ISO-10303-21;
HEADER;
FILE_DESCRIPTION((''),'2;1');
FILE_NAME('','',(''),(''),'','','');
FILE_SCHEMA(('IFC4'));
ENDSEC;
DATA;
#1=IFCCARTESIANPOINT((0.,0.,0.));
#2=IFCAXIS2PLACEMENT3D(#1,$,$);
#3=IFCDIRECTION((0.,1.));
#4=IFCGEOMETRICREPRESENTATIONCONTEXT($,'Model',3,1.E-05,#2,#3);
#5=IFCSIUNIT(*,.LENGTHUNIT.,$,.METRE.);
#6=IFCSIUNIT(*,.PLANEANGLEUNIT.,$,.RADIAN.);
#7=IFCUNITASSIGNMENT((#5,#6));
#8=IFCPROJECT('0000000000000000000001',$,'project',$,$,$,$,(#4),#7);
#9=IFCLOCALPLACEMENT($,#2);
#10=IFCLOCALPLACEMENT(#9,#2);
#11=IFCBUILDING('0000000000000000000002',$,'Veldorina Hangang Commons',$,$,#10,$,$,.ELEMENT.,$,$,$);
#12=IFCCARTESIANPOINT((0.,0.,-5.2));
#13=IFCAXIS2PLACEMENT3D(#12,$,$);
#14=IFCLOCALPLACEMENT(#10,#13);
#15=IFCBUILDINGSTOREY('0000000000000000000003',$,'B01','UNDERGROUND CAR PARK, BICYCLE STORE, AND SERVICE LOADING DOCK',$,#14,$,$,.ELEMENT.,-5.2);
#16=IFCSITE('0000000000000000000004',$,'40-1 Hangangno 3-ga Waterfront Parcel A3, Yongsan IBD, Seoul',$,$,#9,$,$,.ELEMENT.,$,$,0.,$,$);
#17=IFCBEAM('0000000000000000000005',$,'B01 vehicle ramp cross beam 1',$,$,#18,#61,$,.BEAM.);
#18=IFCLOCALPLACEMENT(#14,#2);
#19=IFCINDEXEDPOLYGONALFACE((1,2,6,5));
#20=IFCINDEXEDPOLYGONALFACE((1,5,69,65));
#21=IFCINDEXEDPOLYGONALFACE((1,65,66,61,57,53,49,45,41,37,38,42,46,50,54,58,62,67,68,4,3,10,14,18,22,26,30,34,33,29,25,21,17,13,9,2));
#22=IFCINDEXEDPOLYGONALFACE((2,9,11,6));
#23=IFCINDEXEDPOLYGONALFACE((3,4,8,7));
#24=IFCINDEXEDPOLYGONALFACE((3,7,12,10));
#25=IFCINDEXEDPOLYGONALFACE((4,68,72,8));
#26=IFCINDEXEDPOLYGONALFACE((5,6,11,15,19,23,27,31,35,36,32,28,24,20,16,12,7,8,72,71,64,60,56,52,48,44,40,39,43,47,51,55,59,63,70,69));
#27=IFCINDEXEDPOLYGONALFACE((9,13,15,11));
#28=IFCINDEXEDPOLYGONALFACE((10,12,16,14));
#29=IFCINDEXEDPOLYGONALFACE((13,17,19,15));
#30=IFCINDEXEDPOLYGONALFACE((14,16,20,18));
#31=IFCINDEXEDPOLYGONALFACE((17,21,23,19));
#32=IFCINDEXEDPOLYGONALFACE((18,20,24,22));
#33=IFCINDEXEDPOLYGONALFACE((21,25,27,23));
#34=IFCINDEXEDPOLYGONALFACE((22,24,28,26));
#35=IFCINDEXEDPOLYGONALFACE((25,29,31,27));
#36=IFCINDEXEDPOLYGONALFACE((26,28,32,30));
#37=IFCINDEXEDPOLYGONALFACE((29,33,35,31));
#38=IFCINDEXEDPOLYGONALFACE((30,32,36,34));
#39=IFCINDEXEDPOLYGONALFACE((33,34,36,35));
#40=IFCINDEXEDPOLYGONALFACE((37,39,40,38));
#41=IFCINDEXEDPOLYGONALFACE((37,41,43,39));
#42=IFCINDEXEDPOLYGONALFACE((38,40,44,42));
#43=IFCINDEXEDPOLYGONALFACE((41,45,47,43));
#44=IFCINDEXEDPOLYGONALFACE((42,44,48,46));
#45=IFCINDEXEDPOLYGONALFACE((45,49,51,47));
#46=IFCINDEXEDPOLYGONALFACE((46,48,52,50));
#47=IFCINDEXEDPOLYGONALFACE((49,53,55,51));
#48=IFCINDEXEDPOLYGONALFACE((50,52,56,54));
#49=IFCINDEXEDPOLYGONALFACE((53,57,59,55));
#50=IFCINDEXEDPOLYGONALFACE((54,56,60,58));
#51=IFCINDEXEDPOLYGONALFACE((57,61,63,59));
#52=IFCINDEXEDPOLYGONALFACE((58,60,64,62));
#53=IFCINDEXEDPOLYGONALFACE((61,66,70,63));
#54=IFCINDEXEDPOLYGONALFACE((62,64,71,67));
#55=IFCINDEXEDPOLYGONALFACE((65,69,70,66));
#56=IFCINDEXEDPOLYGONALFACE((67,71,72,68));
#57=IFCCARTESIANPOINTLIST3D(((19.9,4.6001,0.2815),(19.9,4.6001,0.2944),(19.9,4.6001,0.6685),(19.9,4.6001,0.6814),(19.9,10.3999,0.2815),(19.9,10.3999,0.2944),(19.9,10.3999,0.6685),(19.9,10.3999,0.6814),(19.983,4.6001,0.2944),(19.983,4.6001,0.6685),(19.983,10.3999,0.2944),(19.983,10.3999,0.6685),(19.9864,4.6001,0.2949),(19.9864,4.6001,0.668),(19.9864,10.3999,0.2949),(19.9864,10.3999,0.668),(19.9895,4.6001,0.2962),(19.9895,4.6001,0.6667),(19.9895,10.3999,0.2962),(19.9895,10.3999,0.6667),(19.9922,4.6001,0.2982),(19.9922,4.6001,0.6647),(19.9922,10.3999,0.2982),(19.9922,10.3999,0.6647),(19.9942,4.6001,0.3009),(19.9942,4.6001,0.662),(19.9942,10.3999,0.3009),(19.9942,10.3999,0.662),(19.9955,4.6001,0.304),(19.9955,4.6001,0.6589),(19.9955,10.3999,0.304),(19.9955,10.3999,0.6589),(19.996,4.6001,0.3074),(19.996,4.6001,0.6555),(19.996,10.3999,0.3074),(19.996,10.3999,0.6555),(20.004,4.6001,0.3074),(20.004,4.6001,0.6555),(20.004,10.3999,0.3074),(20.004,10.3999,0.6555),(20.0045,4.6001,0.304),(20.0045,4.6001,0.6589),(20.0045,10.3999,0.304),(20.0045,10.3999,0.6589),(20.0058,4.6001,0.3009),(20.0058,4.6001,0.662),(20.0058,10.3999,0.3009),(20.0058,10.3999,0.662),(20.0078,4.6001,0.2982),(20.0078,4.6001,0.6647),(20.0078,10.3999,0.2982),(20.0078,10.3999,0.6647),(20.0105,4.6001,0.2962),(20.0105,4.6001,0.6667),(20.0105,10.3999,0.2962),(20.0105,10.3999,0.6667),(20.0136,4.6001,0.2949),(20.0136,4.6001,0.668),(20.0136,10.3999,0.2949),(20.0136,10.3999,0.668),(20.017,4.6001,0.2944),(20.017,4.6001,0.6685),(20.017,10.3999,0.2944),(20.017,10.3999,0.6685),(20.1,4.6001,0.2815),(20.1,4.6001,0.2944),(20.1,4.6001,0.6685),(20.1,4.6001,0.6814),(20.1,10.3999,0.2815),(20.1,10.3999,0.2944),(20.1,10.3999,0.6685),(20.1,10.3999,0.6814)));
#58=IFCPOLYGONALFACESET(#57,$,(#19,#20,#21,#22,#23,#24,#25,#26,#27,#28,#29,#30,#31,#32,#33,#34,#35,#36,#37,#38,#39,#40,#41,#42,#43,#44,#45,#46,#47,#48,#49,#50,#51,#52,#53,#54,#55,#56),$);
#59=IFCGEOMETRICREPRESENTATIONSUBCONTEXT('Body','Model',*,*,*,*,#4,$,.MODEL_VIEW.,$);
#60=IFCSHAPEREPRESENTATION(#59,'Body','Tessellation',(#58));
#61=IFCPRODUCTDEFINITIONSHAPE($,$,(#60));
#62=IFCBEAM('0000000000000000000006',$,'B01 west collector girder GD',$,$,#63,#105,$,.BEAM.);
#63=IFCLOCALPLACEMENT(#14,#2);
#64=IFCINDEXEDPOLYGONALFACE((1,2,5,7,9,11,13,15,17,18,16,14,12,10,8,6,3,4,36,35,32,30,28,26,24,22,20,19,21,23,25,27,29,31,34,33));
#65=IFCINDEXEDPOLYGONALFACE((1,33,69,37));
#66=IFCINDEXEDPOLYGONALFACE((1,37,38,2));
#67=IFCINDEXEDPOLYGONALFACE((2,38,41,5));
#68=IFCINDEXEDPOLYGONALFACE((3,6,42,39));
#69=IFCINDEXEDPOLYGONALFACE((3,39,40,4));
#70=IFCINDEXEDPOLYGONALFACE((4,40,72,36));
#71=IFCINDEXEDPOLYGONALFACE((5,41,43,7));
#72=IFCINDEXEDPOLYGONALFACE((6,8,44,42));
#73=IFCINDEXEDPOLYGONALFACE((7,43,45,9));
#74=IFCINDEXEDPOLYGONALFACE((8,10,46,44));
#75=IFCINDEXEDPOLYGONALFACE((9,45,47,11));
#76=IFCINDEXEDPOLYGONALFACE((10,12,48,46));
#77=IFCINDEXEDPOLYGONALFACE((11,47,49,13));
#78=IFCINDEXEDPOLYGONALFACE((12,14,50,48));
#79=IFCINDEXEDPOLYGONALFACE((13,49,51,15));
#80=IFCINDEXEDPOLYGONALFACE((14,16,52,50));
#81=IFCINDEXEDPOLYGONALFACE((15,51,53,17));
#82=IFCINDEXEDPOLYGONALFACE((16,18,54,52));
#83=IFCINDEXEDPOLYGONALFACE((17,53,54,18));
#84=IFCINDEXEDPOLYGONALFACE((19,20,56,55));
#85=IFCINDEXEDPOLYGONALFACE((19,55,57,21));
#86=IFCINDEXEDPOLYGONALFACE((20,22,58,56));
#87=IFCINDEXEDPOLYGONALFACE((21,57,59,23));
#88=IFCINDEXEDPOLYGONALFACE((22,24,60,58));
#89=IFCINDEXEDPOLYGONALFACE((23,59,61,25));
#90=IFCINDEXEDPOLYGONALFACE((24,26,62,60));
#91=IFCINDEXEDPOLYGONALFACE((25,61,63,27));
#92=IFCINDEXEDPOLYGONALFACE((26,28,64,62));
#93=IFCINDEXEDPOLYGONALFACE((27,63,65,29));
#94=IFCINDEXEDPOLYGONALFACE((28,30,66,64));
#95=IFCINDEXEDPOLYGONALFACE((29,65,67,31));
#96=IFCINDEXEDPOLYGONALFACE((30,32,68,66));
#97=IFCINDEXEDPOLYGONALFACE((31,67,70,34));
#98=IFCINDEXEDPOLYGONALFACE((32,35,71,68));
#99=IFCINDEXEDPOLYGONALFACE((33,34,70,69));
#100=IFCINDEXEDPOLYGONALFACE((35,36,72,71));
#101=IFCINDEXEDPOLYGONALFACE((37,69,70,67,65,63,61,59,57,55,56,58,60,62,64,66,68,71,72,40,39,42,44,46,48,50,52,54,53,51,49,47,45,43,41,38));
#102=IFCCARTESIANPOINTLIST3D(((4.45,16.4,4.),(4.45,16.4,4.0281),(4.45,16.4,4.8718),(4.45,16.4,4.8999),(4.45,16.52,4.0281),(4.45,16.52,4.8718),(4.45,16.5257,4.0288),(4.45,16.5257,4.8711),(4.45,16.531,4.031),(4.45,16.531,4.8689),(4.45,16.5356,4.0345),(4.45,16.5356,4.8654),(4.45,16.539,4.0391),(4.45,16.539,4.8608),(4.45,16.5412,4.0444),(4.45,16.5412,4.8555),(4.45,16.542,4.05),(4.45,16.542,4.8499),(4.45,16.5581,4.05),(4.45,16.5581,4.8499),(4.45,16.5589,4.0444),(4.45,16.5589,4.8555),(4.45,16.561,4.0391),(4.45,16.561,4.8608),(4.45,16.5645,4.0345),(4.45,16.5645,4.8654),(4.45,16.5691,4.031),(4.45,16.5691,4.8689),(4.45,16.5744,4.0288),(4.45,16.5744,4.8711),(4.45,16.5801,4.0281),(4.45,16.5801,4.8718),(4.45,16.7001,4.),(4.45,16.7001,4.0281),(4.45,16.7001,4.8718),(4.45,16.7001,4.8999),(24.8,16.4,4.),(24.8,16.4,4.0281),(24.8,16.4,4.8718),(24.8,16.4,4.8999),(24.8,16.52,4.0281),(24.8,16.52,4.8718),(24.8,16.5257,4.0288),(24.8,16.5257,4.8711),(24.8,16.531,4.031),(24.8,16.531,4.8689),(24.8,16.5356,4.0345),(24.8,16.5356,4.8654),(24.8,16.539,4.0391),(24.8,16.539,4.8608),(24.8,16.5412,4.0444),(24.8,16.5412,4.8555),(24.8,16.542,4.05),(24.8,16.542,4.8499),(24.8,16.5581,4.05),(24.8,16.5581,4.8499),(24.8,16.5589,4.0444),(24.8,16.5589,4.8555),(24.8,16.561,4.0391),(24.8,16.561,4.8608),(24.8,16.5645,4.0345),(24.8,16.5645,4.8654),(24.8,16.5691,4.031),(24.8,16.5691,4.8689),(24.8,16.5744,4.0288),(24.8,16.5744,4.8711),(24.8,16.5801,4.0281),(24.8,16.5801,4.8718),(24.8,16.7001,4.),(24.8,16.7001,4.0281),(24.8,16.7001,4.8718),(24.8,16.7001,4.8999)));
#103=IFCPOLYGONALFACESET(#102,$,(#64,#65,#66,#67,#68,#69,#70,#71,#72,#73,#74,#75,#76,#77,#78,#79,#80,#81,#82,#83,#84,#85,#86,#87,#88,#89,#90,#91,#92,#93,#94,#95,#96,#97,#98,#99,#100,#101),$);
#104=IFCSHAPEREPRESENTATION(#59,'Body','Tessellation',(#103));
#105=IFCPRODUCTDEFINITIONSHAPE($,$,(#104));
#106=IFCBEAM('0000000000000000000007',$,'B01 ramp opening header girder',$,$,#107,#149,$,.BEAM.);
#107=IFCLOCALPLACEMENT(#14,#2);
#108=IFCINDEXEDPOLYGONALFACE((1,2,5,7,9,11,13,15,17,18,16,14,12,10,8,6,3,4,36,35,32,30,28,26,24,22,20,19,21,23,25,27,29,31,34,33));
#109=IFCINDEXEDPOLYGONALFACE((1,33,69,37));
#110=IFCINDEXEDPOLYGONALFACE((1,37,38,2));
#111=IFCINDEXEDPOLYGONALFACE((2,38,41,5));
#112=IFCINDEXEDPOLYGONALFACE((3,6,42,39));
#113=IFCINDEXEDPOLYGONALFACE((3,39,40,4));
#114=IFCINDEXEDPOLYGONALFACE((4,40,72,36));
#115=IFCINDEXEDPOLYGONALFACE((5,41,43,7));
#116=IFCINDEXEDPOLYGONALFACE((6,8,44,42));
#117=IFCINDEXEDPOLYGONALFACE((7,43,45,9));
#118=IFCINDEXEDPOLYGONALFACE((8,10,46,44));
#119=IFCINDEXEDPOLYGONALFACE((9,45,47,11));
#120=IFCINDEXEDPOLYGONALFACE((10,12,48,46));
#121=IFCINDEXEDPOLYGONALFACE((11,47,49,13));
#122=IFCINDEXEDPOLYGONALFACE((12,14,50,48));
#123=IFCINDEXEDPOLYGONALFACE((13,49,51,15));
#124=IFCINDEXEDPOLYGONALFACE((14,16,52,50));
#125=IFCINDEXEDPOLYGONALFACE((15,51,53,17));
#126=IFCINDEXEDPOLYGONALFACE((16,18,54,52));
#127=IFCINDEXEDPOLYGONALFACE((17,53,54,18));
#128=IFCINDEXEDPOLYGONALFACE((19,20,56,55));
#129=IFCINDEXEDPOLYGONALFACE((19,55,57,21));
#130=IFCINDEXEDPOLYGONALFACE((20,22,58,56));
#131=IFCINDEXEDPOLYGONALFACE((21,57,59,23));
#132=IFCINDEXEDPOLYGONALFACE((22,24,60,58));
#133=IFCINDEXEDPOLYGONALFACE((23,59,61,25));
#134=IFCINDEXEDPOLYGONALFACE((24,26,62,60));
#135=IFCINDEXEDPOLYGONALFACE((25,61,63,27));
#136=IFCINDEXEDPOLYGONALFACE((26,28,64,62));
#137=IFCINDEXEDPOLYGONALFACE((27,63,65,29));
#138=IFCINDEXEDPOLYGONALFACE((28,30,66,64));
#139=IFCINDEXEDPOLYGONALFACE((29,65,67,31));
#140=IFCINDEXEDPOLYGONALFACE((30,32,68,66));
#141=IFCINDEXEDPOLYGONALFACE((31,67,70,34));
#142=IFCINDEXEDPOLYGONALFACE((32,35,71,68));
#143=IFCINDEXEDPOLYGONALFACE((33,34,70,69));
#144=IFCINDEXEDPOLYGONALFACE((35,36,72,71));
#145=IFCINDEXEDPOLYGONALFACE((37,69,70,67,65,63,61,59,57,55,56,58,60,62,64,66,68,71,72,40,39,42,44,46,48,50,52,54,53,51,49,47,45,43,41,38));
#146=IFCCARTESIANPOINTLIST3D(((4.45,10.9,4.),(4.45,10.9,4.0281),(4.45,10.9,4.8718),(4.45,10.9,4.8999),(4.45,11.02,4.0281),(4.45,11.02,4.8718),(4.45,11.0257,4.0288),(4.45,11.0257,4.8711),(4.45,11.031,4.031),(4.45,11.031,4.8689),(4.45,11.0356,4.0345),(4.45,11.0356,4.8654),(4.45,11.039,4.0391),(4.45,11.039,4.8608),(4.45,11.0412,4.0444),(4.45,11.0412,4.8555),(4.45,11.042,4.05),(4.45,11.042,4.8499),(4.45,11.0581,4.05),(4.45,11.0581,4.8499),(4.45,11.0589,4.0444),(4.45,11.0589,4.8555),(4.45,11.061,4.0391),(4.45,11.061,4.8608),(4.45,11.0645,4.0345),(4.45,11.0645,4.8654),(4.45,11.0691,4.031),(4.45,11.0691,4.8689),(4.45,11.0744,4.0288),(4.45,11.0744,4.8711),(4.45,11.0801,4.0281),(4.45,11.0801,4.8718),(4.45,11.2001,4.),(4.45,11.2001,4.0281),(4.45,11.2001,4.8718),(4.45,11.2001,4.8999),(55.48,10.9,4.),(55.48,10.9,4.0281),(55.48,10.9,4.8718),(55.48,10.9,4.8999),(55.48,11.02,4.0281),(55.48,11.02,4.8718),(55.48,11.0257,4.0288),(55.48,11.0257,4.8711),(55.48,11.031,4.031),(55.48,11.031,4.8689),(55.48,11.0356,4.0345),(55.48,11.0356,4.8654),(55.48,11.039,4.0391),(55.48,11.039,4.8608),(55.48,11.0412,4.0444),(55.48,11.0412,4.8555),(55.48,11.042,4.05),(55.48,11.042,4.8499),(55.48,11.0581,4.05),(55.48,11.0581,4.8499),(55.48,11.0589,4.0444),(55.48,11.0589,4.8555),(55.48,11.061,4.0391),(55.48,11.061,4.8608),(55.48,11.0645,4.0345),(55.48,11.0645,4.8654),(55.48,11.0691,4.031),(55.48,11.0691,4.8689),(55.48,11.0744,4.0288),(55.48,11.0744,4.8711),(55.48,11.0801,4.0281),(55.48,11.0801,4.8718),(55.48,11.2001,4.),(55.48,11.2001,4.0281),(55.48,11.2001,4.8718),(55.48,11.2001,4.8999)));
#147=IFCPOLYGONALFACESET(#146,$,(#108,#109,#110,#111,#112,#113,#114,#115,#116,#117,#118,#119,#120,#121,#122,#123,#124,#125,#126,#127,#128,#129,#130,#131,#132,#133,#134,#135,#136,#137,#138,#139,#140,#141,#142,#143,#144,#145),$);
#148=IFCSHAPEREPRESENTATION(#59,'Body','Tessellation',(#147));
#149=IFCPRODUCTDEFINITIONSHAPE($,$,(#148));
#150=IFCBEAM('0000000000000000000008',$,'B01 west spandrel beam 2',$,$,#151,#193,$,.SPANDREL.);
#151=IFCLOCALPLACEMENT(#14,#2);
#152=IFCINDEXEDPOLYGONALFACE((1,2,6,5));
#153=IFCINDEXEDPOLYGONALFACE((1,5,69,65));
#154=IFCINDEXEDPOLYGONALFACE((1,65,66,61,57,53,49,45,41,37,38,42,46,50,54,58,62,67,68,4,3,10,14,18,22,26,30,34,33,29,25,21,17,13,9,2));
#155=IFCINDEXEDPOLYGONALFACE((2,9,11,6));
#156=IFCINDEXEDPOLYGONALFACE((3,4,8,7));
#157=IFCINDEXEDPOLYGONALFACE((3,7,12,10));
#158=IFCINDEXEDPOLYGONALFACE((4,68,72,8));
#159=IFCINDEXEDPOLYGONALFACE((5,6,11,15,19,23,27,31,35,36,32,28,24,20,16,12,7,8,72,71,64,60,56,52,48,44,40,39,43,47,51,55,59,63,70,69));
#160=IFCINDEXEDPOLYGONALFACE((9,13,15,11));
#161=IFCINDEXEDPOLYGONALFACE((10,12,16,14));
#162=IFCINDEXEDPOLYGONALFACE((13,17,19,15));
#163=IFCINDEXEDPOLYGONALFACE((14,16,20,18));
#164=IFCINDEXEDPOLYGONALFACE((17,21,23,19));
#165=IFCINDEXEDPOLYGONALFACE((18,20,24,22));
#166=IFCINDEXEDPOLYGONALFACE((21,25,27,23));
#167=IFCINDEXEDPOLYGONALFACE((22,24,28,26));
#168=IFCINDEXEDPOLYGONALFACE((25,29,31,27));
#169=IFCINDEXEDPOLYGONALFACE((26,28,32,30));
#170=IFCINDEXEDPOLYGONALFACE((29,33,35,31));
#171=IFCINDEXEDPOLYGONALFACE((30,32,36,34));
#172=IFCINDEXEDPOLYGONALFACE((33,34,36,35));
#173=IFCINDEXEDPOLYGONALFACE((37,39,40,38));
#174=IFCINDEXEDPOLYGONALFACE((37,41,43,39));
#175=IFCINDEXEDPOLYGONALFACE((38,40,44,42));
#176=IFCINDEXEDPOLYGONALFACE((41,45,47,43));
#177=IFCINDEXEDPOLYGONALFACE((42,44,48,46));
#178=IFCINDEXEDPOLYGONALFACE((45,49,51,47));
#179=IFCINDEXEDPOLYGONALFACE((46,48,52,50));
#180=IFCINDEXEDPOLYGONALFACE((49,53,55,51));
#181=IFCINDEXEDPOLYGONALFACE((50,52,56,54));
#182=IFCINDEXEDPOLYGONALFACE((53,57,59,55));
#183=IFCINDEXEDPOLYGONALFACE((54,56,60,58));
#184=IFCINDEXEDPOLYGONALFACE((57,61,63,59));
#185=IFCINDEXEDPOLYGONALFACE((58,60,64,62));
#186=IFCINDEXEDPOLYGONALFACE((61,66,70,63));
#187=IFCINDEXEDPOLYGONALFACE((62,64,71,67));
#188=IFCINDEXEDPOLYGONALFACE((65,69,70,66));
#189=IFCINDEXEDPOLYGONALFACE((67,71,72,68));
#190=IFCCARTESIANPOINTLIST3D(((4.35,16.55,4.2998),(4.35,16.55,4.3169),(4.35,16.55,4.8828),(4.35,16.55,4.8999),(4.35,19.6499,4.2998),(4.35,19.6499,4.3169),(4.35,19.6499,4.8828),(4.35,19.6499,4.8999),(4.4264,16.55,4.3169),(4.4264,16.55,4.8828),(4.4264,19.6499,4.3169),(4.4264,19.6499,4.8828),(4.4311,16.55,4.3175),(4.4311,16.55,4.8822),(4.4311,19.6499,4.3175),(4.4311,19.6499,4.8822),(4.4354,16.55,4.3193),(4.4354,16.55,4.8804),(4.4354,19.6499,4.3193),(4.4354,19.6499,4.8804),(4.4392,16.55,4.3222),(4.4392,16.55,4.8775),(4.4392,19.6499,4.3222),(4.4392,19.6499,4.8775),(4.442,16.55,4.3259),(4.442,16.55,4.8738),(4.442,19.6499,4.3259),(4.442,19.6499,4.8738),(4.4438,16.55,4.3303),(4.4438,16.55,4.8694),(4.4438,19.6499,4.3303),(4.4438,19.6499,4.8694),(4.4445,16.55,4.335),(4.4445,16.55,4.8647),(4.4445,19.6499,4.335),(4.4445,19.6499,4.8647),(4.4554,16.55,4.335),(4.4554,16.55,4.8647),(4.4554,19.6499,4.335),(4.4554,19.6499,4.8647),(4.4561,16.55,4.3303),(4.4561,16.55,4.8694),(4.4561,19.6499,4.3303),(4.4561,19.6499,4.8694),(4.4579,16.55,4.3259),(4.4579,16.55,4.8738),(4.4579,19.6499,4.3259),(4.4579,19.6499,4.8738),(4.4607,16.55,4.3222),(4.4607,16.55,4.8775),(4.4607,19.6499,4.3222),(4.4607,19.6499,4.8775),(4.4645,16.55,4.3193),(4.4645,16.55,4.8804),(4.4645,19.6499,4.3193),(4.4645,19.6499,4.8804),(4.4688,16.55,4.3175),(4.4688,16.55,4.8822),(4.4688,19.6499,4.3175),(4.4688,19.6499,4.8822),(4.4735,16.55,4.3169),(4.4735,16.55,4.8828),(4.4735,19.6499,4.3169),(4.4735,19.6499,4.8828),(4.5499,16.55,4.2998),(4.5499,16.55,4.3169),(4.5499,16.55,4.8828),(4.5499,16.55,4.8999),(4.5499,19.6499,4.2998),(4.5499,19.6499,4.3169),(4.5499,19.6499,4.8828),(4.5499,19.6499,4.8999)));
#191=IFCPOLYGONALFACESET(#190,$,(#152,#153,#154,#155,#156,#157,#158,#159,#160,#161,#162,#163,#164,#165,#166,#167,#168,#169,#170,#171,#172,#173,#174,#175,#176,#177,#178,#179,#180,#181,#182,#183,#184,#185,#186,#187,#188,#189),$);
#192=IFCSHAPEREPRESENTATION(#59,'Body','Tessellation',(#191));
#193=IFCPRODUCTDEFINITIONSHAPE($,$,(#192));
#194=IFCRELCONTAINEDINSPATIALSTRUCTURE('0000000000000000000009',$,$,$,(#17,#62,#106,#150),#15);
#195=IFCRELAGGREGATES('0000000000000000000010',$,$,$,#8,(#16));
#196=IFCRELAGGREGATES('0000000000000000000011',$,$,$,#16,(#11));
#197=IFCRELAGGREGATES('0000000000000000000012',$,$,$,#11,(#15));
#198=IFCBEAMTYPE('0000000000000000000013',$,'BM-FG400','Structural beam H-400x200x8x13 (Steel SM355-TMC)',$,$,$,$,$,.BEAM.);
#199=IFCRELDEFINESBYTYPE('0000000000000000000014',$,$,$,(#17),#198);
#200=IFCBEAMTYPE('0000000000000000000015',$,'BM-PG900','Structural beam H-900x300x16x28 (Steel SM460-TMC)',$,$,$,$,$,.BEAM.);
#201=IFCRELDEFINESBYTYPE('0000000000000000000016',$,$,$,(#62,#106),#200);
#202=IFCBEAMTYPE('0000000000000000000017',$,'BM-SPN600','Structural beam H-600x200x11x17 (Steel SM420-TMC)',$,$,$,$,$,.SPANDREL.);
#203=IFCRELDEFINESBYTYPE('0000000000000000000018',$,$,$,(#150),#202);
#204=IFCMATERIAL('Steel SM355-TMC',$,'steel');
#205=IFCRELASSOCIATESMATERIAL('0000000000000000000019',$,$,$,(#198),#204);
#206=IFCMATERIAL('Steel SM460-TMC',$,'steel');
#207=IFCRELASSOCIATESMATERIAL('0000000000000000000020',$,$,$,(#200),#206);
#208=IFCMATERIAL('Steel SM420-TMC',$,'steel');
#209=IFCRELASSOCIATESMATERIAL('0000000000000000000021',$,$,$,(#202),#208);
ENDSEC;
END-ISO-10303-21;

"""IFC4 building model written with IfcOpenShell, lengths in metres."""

from ifc_helpers import new_model, si_unit, direction, frame, origin, origin_2d, place, context, subcontext, project, spatial, i_section, extrude, material, material_profile, profile_set, type_object, element, save


model = new_model("IFC4")

# Units and contexts
model_context = context("Model", 3, precision=1e-05, world=origin(), true_north=direction((0.0, 1.0)))
body_context = subcontext(model_context, "Body", "Model", "MODEL_VIEW")
ifc_project = project(units=[si_unit("LENGTHUNIT", "METRE"), si_unit("PLANEANGLEUNIT", "RADIAN")], contexts=[model_context])

# Site, building, storey
site_placement = place(None, origin())
site = spatial("IfcSite", under=ifc_project, at=site_placement, Name="40-1 Hangangno 3-ga Waterfront Parcel A3, Yongsan IBD, Seoul", CompositionType="ELEMENT", RefElevation=0.0)
building_placement = place(site_placement, origin())
building = spatial("IfcBuilding", under=site, at=building_placement, Name="Veldorina Hangang Commons", CompositionType="ELEMENT")
storey_placement = place(building_placement, frame((0.0, 0.0, -5.2)))
storey = spatial("IfcBuildingStorey", under=building, at=storey_placement, Name="B01", Description="UNDERGROUND CAR PARK, BICYCLE STORE, AND SERVICE LOADING DOCK", CompositionType="ELEMENT", Elevation=-5.2)

# Shared definitions
ifc_material_1 = material(Name="Steel SM355-TMC", Category="steel")
ifc_material_2 = material(Name="Steel SM420-TMC", Category="steel")

# Beams
ifc_material_profile_1 = material_profile(ifc_material_1, i_section(OverallWidth=0.2, OverallDepth=0.3999, WebThickness=0.0081, FlangeThickness=0.0129, FilletRadius=0.0129, at=origin_2d()), Name="H-400x200x8x13")
ifc_profile_set_1 = profile_set([ifc_material_profile_1], Name="Steel SM355-TMC")
beam_type_1 = type_object("IfcBeamType", Name="BM-FG400", Description="Structural beam H-400x200x8x13 (Steel SM355-TMC)", PredefinedType="BEAM", material=ifc_profile_set_1)
beam_1_placement = place(storey_placement, frame((20.0, 4.6001, 0.4814), z_axis=(0.0, 1.0, 0.0), x_axis=(-1.0, 0.0, 0.0)))
element("IfcBeam", 1, at=beam_1_placement, inside=storey, type_object=beam_type_1, Name="B01 vehicle ramp cross beam 1", PredefinedType="BEAM", context=body_context, shape_type="SweptSolid", body=[
    extrude(i_section(OverallWidth=0.2, OverallDepth=0.3999, WebThickness=0.0081, FlangeThickness=0.0129, FilletRadius=0.0129, at=origin_2d()), origin(), (0.0, 0.0, 1.0), 5.7998),
])
ifc_material_3 = material(Name="Steel SM460-TMC", Category="steel")
ifc_material_profile_2 = material_profile(ifc_material_3, i_section(OverallWidth=0.3, OverallDepth=0.8999, WebThickness=0.0161, FlangeThickness=0.0281, FilletRadius=0.022, at=origin_2d()), Name="H-900x300x16x28")
ifc_profile_set_2 = profile_set([ifc_material_profile_2], Name="Steel SM460-TMC")
beam_type_2 = type_object("IfcBeamType", Name="BM-PG900", Description="Structural beam H-900x300x16x28 (Steel SM460-TMC)", PredefinedType="BEAM", material=ifc_profile_set_2)
beam_2_placement = place(storey_placement, frame((4.45, 16.55, 4.45), z_axis=(1.0, 0.0, 0.0), x_axis=(0.0, 1.0, 0.0)))
element("IfcBeam", 2, at=beam_2_placement, inside=storey, type_object=beam_type_2, Name="B01 west collector girder GD", PredefinedType="BEAM", context=body_context, shape_type="SweptSolid", body=[
    extrude(i_section(OverallWidth=0.3, OverallDepth=0.8999, WebThickness=0.0161, FlangeThickness=0.0281, FilletRadius=0.022, at=origin_2d()), origin(), (0.0, 0.0, 1.0), 20.3501),
])
beam_3_placement = place(storey_placement, frame((4.45, 11.05, 4.45), z_axis=(1.0, 0.0, 0.0), x_axis=(0.0, 1.0, 0.0)))
element("IfcBeam", 3, at=beam_3_placement, inside=storey, type_object=beam_type_2, Name="B01 ramp opening header girder", PredefinedType="BEAM", context=body_context, shape_type="SweptSolid", body=[
    extrude(i_section(OverallWidth=0.3, OverallDepth=0.8999, WebThickness=0.0161, FlangeThickness=0.0281, FilletRadius=0.022, at=origin_2d()), origin(), (0.0, 0.0, 1.0), 51.03),
])
ifc_material_profile_3 = material_profile(ifc_material_2, i_section(OverallWidth=0.2, OverallDepth=0.6001, WebThickness=0.011, FlangeThickness=0.0171, FilletRadius=0.0181, at=origin_2d()), Name="H-600x200x11x17")
ifc_profile_set_3 = profile_set([ifc_material_profile_3], Name="Steel SM420-TMC")
beam_type_3 = type_object("IfcBeamType", Name="BM-SPN600", Description="Structural beam H-600x200x11x17 (Steel SM420-TMC)", PredefinedType="SPANDREL", material=ifc_profile_set_3)
beam_4_placement = place(storey_placement, frame((4.45, 16.55, 4.5999), z_axis=(0.0, 1.0, 0.0), x_axis=(-1.0, 0.0, 0.0)))
element("IfcBeam", 4, at=beam_4_placement, inside=storey, type_object=beam_type_3, Name="B01 west spandrel beam 2", PredefinedType="SPANDREL", context=body_context, shape_type="SweptSolid", body=[
    extrude(i_section(OverallWidth=0.2, OverallDepth=0.6001, WebThickness=0.011, FlangeThickness=0.0171, FilletRadius=0.0181, at=origin_2d()), origin(), (0.0, 0.0, 1.0), 3.0999),
])

save(model, "model.ifc")
